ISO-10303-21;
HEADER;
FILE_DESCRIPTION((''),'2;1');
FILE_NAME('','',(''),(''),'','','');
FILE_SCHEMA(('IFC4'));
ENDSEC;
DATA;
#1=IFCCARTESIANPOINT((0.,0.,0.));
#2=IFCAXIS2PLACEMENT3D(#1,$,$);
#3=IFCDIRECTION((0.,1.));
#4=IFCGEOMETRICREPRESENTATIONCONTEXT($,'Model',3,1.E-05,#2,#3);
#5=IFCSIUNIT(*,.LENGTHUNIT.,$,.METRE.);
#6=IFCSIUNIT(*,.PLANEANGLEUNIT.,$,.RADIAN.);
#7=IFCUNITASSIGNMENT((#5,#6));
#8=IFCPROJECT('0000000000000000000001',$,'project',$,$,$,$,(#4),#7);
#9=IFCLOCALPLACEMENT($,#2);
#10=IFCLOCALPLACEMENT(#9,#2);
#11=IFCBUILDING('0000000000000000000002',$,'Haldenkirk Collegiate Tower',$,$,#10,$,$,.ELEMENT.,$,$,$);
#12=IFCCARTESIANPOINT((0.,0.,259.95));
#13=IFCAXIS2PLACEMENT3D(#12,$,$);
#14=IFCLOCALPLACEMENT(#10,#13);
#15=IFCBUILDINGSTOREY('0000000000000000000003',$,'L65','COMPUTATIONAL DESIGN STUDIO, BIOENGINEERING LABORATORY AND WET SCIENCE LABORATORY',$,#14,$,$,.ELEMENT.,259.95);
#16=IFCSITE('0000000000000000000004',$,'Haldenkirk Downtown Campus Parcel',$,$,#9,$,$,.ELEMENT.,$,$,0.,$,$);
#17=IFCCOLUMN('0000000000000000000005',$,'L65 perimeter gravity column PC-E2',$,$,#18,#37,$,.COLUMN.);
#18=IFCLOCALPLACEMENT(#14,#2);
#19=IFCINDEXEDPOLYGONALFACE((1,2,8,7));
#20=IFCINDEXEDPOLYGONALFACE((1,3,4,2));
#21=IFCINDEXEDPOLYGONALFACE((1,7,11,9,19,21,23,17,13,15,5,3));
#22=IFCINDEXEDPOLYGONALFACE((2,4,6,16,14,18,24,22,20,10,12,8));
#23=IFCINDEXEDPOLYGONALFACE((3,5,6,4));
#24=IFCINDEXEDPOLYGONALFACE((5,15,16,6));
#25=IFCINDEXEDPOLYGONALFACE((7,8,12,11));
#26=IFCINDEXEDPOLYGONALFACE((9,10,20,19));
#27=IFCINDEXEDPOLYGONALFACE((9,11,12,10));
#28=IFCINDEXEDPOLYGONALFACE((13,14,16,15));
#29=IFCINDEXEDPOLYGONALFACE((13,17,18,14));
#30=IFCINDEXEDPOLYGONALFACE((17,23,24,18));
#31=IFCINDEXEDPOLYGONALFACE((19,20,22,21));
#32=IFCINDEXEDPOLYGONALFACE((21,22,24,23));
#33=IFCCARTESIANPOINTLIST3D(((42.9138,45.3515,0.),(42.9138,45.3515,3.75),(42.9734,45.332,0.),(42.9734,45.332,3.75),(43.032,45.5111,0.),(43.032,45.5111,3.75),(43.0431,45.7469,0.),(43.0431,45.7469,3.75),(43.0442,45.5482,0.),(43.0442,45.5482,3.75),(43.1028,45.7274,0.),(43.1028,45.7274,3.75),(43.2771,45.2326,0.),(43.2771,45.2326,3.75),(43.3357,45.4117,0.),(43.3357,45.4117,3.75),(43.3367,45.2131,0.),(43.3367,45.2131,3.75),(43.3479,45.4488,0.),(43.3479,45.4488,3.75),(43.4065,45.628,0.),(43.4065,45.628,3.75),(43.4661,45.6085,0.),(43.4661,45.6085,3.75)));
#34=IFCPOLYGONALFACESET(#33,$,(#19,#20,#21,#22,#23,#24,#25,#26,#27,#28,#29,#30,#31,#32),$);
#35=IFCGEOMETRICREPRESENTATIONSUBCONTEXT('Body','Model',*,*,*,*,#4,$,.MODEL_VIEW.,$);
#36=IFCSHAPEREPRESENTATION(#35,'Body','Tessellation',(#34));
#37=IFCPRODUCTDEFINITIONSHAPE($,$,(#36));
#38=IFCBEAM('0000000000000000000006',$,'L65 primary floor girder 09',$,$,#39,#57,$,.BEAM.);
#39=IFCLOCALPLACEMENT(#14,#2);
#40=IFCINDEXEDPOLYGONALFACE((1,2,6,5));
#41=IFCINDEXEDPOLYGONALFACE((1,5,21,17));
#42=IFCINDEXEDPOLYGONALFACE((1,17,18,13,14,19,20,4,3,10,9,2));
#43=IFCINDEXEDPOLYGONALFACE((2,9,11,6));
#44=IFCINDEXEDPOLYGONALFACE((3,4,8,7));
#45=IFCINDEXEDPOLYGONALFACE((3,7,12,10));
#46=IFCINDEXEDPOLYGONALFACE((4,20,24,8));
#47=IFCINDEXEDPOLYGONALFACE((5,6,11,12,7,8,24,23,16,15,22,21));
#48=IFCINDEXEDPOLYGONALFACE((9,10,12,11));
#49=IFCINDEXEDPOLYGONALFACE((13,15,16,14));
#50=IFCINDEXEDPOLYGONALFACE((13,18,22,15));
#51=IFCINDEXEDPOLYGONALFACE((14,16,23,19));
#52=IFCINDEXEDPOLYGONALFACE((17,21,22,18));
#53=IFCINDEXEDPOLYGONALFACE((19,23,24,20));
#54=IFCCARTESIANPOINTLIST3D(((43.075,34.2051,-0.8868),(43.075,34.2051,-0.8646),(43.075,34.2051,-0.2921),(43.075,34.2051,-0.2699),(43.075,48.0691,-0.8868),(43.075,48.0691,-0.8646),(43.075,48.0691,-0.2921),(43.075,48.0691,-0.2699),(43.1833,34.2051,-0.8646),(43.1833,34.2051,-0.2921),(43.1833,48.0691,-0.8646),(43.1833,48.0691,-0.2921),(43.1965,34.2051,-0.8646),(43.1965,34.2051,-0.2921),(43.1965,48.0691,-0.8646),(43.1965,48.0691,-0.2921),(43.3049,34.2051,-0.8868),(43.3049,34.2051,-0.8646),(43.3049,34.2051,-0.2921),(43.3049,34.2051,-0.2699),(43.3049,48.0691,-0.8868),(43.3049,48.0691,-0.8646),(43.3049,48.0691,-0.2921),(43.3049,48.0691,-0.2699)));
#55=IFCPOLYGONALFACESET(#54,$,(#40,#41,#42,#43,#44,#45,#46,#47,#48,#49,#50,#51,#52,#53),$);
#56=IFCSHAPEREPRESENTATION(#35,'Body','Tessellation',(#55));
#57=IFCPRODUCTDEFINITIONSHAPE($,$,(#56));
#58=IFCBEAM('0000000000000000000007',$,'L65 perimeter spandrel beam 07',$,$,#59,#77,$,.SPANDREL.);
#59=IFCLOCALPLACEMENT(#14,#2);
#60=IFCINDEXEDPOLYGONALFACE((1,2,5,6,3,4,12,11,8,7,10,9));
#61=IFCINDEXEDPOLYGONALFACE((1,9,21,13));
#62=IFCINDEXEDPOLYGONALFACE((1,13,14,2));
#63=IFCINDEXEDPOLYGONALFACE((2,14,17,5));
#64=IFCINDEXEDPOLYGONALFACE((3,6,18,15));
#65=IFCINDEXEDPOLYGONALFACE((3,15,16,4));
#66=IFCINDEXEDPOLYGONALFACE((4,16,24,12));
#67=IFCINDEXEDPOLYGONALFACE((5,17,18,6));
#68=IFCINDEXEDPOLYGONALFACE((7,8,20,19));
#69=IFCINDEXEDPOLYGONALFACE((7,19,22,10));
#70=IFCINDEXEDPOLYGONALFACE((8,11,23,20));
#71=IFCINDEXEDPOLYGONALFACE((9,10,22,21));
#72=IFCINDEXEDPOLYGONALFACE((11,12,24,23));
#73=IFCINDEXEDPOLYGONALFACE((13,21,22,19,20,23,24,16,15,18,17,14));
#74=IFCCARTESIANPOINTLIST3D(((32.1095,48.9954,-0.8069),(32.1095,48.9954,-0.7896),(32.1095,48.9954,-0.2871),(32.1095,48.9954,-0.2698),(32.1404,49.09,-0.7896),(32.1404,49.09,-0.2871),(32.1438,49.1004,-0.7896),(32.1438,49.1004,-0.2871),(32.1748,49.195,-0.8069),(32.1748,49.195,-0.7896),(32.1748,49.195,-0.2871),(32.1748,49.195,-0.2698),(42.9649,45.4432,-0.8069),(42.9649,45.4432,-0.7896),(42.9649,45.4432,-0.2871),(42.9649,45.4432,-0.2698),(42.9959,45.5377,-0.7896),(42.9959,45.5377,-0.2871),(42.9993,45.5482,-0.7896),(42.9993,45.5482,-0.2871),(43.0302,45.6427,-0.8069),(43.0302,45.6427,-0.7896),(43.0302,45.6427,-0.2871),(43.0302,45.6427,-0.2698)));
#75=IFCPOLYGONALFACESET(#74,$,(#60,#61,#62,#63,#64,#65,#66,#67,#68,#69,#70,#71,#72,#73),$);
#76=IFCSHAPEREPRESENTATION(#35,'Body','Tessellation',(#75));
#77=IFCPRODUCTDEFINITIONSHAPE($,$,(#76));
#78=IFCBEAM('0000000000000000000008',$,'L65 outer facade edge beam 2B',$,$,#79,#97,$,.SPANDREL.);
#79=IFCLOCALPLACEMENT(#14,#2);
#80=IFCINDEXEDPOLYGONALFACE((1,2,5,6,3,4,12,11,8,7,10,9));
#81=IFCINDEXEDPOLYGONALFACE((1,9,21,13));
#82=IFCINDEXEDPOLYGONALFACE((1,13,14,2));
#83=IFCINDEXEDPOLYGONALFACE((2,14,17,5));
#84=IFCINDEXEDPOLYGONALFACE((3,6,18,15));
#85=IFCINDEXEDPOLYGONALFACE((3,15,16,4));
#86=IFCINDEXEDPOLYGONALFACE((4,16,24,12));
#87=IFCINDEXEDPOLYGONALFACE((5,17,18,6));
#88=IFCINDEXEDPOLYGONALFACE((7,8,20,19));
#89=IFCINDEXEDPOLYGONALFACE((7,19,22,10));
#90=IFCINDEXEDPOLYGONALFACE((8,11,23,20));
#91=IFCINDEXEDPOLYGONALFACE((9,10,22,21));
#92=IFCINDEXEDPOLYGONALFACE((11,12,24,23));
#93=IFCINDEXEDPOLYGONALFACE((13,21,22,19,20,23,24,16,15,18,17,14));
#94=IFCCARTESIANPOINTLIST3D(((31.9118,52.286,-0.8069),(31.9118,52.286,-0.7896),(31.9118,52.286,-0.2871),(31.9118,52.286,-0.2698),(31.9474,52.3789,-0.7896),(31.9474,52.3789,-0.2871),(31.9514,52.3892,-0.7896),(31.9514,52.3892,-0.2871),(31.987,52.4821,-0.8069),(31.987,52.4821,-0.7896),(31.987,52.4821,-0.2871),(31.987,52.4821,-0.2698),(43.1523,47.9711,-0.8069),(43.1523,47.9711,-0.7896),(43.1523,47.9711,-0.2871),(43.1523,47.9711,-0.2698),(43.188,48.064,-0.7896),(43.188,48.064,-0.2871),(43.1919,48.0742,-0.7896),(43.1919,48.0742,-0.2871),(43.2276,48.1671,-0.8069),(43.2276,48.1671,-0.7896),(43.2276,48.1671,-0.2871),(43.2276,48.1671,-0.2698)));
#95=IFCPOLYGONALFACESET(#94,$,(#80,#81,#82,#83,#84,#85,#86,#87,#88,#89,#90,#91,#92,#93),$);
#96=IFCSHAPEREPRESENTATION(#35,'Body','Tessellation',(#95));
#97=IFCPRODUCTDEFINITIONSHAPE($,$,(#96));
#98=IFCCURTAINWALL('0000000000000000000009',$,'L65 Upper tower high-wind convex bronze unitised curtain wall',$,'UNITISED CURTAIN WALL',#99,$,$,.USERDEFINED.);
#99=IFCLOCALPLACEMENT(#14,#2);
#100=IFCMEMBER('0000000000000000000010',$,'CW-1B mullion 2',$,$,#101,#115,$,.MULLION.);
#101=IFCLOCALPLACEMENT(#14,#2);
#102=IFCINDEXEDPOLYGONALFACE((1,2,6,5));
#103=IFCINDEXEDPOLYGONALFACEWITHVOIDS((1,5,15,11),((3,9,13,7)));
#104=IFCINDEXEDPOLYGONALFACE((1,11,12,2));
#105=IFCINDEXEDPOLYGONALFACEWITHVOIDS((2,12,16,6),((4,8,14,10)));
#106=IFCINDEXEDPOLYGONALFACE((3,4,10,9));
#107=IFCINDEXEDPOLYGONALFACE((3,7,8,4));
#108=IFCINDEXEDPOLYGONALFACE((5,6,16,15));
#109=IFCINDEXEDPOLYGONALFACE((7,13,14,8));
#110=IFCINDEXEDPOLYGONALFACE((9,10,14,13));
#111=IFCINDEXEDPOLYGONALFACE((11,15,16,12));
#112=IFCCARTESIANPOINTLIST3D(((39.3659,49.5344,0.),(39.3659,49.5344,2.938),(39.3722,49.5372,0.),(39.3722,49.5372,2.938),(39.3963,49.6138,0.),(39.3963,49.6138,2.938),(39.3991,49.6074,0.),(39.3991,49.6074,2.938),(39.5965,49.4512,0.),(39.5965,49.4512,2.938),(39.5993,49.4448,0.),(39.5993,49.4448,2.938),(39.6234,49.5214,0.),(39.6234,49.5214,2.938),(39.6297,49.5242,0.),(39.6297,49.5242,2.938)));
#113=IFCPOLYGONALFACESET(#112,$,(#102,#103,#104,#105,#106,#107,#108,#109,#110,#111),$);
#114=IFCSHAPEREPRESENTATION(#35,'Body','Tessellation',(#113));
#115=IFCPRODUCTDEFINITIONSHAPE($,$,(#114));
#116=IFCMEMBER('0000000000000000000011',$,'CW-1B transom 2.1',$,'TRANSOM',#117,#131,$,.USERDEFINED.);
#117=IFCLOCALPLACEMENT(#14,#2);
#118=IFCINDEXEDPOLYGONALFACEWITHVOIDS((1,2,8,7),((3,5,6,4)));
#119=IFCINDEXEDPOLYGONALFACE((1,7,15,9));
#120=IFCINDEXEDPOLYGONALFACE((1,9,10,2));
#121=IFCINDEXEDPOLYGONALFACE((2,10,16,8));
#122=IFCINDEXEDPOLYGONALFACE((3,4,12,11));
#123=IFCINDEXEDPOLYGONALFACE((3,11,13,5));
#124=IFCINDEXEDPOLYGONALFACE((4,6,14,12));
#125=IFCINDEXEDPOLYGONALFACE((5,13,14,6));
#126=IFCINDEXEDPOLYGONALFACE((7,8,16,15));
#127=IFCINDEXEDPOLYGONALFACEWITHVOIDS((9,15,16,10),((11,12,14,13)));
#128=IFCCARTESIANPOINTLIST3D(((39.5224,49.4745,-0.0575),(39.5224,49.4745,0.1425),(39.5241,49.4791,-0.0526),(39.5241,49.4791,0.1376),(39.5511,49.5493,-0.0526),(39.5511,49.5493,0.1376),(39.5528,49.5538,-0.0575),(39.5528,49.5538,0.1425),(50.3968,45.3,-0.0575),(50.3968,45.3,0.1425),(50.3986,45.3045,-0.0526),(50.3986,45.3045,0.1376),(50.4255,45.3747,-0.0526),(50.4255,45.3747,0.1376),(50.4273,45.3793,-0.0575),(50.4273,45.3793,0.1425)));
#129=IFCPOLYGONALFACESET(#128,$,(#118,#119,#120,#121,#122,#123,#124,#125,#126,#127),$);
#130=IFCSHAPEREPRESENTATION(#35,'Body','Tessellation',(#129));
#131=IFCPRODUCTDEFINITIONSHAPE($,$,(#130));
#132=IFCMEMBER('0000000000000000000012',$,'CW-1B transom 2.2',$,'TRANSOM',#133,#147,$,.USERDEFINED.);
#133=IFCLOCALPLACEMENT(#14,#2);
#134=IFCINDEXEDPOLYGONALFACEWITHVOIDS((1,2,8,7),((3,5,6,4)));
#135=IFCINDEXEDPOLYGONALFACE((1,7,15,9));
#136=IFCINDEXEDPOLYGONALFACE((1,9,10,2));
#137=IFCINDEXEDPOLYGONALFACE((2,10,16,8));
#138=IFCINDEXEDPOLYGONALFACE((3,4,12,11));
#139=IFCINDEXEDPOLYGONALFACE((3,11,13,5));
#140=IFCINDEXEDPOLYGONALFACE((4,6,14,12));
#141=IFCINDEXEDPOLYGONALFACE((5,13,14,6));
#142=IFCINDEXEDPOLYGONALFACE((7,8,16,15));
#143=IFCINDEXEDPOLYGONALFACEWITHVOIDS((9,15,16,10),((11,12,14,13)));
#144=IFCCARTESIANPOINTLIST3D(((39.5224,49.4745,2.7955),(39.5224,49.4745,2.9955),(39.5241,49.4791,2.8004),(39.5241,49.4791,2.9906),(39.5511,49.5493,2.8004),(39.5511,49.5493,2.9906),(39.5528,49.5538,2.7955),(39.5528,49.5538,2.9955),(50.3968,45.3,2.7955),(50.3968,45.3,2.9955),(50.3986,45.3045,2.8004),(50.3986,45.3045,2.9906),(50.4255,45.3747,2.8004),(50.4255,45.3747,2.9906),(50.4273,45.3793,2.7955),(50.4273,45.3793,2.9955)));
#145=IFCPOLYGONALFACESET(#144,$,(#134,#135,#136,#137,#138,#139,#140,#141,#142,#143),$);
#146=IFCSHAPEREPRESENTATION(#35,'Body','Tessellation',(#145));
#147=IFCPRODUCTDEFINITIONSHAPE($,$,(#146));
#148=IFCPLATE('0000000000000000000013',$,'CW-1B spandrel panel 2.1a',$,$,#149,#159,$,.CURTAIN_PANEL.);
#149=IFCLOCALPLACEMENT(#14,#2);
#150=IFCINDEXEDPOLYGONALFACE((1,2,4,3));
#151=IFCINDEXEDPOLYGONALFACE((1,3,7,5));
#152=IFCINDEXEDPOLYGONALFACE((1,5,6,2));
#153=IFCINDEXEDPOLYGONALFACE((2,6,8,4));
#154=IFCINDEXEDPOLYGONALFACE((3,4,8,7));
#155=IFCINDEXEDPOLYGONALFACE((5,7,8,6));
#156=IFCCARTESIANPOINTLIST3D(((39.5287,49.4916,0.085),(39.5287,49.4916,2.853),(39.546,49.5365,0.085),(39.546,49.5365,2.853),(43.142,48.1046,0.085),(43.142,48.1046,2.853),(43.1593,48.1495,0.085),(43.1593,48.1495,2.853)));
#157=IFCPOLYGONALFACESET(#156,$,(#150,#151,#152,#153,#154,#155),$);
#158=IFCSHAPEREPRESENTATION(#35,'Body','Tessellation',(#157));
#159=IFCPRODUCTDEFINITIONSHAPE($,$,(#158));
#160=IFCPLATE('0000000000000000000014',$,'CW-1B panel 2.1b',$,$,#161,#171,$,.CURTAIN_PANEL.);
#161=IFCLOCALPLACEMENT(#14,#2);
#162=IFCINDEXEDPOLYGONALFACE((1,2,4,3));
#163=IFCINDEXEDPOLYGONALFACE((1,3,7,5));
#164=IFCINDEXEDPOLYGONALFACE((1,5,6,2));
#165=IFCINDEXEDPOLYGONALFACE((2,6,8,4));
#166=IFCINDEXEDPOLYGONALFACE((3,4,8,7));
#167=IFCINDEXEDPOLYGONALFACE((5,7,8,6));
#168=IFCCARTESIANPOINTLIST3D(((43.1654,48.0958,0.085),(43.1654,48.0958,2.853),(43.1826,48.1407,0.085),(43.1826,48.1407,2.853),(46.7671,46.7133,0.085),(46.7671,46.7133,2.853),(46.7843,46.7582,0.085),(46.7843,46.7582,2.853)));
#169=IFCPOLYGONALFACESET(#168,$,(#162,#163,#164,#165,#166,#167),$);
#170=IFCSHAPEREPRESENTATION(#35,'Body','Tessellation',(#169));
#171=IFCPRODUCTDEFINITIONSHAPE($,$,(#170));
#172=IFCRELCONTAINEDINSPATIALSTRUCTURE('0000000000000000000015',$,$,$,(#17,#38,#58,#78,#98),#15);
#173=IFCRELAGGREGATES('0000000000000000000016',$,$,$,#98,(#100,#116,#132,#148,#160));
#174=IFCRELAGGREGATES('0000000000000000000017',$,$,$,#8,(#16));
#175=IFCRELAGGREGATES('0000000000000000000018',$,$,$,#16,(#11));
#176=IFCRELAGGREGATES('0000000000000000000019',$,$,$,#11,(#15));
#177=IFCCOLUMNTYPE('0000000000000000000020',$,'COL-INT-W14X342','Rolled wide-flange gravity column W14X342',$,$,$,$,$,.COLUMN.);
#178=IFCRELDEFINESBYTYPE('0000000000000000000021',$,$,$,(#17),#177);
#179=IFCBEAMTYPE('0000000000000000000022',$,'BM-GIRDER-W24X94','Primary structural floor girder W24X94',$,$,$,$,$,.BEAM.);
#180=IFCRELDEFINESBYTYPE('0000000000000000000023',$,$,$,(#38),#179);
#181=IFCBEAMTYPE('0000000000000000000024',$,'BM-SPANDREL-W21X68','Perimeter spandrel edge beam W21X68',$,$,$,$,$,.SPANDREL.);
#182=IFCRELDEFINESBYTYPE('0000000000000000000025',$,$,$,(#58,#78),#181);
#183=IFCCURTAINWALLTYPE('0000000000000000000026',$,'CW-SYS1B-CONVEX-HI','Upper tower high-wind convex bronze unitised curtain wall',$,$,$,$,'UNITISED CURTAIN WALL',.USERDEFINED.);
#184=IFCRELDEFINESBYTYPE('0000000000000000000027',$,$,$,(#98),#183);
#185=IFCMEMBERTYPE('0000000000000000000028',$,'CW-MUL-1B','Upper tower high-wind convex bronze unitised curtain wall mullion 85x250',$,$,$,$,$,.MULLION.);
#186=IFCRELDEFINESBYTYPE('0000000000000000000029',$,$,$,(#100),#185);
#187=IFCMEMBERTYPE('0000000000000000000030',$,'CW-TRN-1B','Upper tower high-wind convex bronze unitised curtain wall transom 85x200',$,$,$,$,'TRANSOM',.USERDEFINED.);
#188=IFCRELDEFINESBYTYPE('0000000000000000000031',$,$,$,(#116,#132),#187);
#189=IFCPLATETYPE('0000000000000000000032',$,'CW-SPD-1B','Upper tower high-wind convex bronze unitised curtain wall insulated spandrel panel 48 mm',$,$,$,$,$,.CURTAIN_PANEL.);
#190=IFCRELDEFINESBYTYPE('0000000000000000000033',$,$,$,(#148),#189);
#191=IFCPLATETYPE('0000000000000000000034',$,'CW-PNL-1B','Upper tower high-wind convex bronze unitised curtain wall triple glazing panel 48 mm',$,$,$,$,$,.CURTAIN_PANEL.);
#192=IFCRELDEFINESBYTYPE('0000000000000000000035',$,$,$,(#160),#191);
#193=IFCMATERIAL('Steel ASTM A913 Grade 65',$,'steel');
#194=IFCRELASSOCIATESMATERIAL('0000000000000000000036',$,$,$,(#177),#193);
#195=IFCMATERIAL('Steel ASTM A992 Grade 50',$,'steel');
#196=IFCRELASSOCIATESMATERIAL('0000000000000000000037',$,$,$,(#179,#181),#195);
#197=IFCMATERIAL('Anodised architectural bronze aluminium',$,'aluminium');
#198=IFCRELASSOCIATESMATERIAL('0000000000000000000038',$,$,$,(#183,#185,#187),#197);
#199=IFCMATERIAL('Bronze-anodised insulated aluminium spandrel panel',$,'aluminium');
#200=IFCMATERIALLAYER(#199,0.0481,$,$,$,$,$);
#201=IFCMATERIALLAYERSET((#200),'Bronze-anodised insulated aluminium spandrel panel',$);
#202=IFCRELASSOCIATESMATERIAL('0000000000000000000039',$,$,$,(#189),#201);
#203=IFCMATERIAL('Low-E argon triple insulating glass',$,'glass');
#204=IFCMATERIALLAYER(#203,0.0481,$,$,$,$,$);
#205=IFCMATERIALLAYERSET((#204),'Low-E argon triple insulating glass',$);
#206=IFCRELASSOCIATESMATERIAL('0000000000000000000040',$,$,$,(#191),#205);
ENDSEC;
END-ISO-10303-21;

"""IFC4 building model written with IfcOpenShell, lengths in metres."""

from ifc_helpers import new_model, si_unit, direction, frame, origin, origin_2d, place, context, subcontext, project, spatial, rectangle, hollow_rectangle, i_section, extrude, source, transform, mapped, material, layer, layer_set, material_profile, profile_set, type_object, element, aggregate, save


model = new_model("IFC4")

# Units and contexts
model_context = context("Model", 3, precision=1e-05, world=origin(), true_north=direction((0.0, 1.0)))
body_context = subcontext(model_context, "Body", "Model", "MODEL_VIEW")
ifc_project = project(units=[si_unit("LENGTHUNIT", "METRE"), si_unit("PLANEANGLEUNIT", "RADIAN")], contexts=[model_context])

# Site, building, storey
site_placement = place(None, origin())
site = spatial("IfcSite", under=ifc_project, at=site_placement, Name="Haldenkirk Downtown Campus Parcel", CompositionType="ELEMENT", RefElevation=0.0)
building_placement = place(site_placement, origin())
building = spatial("IfcBuilding", under=site, at=building_placement, Name="Haldenkirk Collegiate Tower", CompositionType="ELEMENT")
storey_placement = place(building_placement, frame((0.0, 0.0, 259.95)))
storey = spatial("IfcBuildingStorey", under=building, at=storey_placement, Name="L65", Description="COMPUTATIONAL DESIGN STUDIO, BIOENGINEERING LABORATORY AND WET SCIENCE LABORATORY", CompositionType="ELEMENT", Elevation=259.95)

# Column
ifc_material_1 = material(Name="Steel ASTM A913 Grade 65", Category="steel")
ifc_material_profile_1 = material_profile(ifc_material_1, i_section(OverallWidth=0.416, OverallDepth=0.4451, WebThickness=0.0391, FlangeThickness=0.0627, at=origin_2d()), Name="W14X342")
ifc_profile_set_1 = profile_set([ifc_material_profile_1], Name="Steel ASTM A913 Grade 65")
column_type = type_object("IfcColumnType", Name="COL-INT-W14X342", Description="Rolled wide-flange gravity column W14X342", PredefinedType="COLUMN", material=ifc_profile_set_1)
column_placement = place(storey_placement, frame((43.1899, 45.48, 0.0), z_axis=(0.0, 0.0, 1.0), x_axis=(0.311008, 0.950407, 0.0)))
element("IfcColumn", 1, at=column_placement, inside=storey, type_object=column_type, Name="L65 perimeter gravity column PC-E2", PredefinedType="COLUMN", context=body_context, shape_type="SweptSolid", body=[
    extrude(i_section(OverallWidth=0.416, OverallDepth=0.4451, WebThickness=0.0391, FlangeThickness=0.0627, at=origin_2d()), origin(), (0.0, 0.0, 1.0), 3.75),
])

# Beams
ifc_material_2 = material(Name="Steel ASTM A992 Grade 50", Category="steel")
ifc_material_profile_2 = material_profile(ifc_material_2, i_section(OverallWidth=0.23, OverallDepth=0.6169, WebThickness=0.0132, FlangeThickness=0.0222, at=origin_2d()), Name="W24X94")
ifc_profile_set_2 = profile_set([ifc_material_profile_2], Name="Steel ASTM A992 Grade 50")
beam_type_1 = type_object("IfcBeamType", Name="BM-GIRDER-W24X94", Description="Primary structural floor girder W24X94", PredefinedType="BEAM", material=ifc_profile_set_2)
beam_1_placement = place(storey_placement, frame((43.1899, 48.0691, -0.5784), z_axis=(0.0, -1.0, 0.0), x_axis=(1.0, 0.0, 0.0)))
element("IfcBeam", 2, at=beam_1_placement, inside=storey, type_object=beam_type_1, Name="L65 primary floor girder 09", PredefinedType="BEAM", context=body_context, shape_type="SweptSolid", body=[
    extrude(i_section(OverallWidth=0.23, OverallDepth=0.6169, WebThickness=0.0132, FlangeThickness=0.0222, at=origin_2d()), origin(), (0.0, 0.0, 1.0), 13.864),
])
ifc_material_profile_3 = material_profile(ifc_material_2, i_section(OverallWidth=0.21, OverallDepth=0.5371, WebThickness=0.011, FlangeThickness=0.0173, at=origin_2d()), Name="W21X68")
ifc_profile_set_3 = profile_set([ifc_material_profile_3], Name="Steel ASTM A992 Grade 50")
beam_type_2 = type_object("IfcBeamType", Name="BM-SPANDREL-W21X68", Description="Perimeter spandrel edge beam W21X68", PredefinedType="SPANDREL", material=ifc_profile_set_3)
beam_2_placement = place(storey_placement, frame((42.9976, 45.543, -0.5383), z_axis=(-0.950409, 0.311003, 0.0), x_axis=(-0.311003, -0.950409, 0.0)))
element("IfcBeam", 3, at=beam_2_placement, inside=storey, type_object=beam_type_2, Name="L65 perimeter spandrel beam 07", PredefinedType="SPANDREL", context=body_context, shape_type="SweptSolid", body=[
    extrude(i_section(OverallWidth=0.21, OverallDepth=0.5371, WebThickness=0.011, FlangeThickness=0.0173, at=origin_2d()), origin(), (0.0, 0.0, 1.0), 11.4219),
])
beam_3_placement = place(storey_placement, frame((43.1899, 48.0691, -0.5383), z_axis=(-0.933577, 0.358377, 0.0), x_axis=(-0.358377, -0.933577, 0.0)))
element("IfcBeam", 4, at=beam_3_placement, inside=storey, type_object=beam_type_2, Name="L65 outer facade edge beam 2B", PredefinedType="SPANDREL", context=body_context, shape_type="SweptSolid", body=[
    extrude(i_section(OverallWidth=0.21, OverallDepth=0.5371, WebThickness=0.011, FlangeThickness=0.0173, at=origin_2d()), origin(), (0.0, 0.0, 1.0), 12.0403),
])

# Curtain wall, members, plates
ifc_material_3 = material(Name="Anodised architectural bronze aluminium", Category="aluminium")
curtain_wall_type = type_object("IfcCurtainWallType", Name="CW-SYS1B-CONVEX-HI", Description="Upper tower high-wind convex bronze unitised curtain wall", ElementType="UNITISED CURTAIN WALL", PredefinedType="USERDEFINED", material=ifc_material_3)
curtain_wall_placement = place(storey_placement, origin())
curtain_wall = element("IfcCurtainWall", 5, at=curtain_wall_placement, inside=storey, type_object=curtain_wall_type, Name="L65 Upper tower high-wind convex bronze unitised curtain wall", ObjectType="UNITISED CURTAIN WALL", PredefinedType="USERDEFINED")
ifc_material_profile_4 = material_profile(ifc_material_3, hollow_rectangle(XDim=0.085, YDim=0.25, WallThickness=0.0049, at=origin_2d()), Name="CW-MUL-1B")
ifc_profile_set_4 = profile_set([ifc_material_profile_4], Name="Anodised architectural bronze aluminium")
member_type_1 = type_object("IfcMemberType", Name="CW-MUL-1B", Description="Upper tower high-wind convex bronze unitised curtain wall mullion 85x250", PredefinedType="MULLION", material=ifc_profile_set_4)
member_1_placement = place(storey_placement, frame((39.4978, 49.5293, 0.0), z_axis=(0.0, 0.0, 1.0), x_axis=(0.358368, 0.93358, 0.0)))
member_1 = element("IfcMember", 6, at=member_1_placement, type_object=member_type_1, Name="CW-1B mullion 2", PredefinedType="MULLION", context=body_context, shape_type="SweptSolid", body=[
    extrude(hollow_rectangle(XDim=0.085, YDim=0.25, WallThickness=0.0049, at=origin_2d()), origin(), (0.0, 0.0, 1.0), 2.938),
])
ifc_material_profile_5 = material_profile(ifc_material_3, hollow_rectangle(XDim=0.085, YDim=0.2, WallThickness=0.0049, at=origin_2d()), Name="CW-TRN-1B")
ifc_profile_set_5 = profile_set([ifc_material_profile_5], Name="Anodised architectural bronze aluminium")
member_type_2 = type_object("IfcMemberType", Name="CW-TRN-1B", Description="Upper tower high-wind convex bronze unitised curtain wall transom 85x200", ElementType="TRANSOM", PredefinedType="USERDEFINED", material=ifc_profile_set_5)
member_2_placement = place(storey_placement, frame((39.5376, 49.5142, 0.0425), z_axis=(0.933574, -0.358385, 0.0), x_axis=(0.358385, 0.933574, 0.0)))
member_2 = element("IfcMember", 7, at=member_2_placement, type_object=member_type_2, Name="CW-1B transom 2.1", ObjectType="TRANSOM", PredefinedType="USERDEFINED", context=body_context, shape_type="SweptSolid", body=[
    extrude(hollow_rectangle(XDim=0.085, YDim=0.2, WallThickness=0.0049, at=origin_2d()), origin(), (0.0, 0.0, 1.0), 11.6482),
])
member_3_placement = place(storey_placement, frame((39.5376, 49.5142, 2.8955), z_axis=(0.933574, -0.358385, 0.0), x_axis=(0.358385, 0.933574, 0.0)))
member_3 = element("IfcMember", 8, at=member_3_placement, type_object=member_type_2, Name="CW-1B transom 2.2", ObjectType="TRANSOM", PredefinedType="USERDEFINED", context=body_context, shape_type="SweptSolid", body=[
    extrude(hollow_rectangle(XDim=0.085, YDim=0.2, WallThickness=0.0049, at=origin_2d()), origin(), (0.0, 0.0, 1.0), 11.6482),
])
ifc_material_4 = material(Name="Bronze-anodised insulated aluminium spandrel panel", Category="aluminium")
ifc_layer_1 = layer(ifc_material_4, 0.0481)
ifc_layer_set_1 = layer_set([ifc_layer_1], Name="Bronze-anodised insulated aluminium spandrel panel")
plate_type_1 = type_object("IfcPlateType", Name="CW-SPD-1B", Description="Upper tower high-wind convex bronze unitised curtain wall insulated spandrel panel 48 mm", PredefinedType="CURTAIN_PANEL", material=ifc_layer_set_1)
shared_shape_1 = source(origin(), body_context, "Body", "SweptSolid", [
    extrude(rectangle(XDim=3.8704, YDim=0.0481, at=origin_2d()), origin(), (0.0, 0.0, 1.0), 2.7681),
])
plate_1_placement = place(storey_placement, frame((41.344, 48.8206, 0.085), z_axis=(0.0, 0.0, 1.0), x_axis=(0.93358, -0.358368, 0.0)))
plate_1 = element("IfcPlate", 9, at=plate_1_placement, type_object=plate_type_1, Name="CW-1B spandrel panel 2.1a", PredefinedType="CURTAIN_PANEL", context=body_context, shape_type="MappedRepresentation", body=[
    mapped(shared_shape_1, transform((0.0, 0.0, 0.0), x_axis=(1.0, 0.0, 0.0), y_axis=(0.0, 1.0, 0.0), z_axis=(0.0, 0.0, 1.0), scale=1.0)),
])
ifc_material_5 = material(Name="Low-E argon triple insulating glass", Category="glass")
ifc_layer_2 = layer(ifc_material_5, 0.0481)
ifc_layer_set_2 = layer_set([ifc_layer_2], Name="Low-E argon triple insulating glass")
plate_type_2 = type_object("IfcPlateType", Name="CW-PNL-1B", Description="Upper tower high-wind convex bronze unitised curtain wall triple glazing panel 48 mm", PredefinedType="CURTAIN_PANEL", material=ifc_layer_set_2)
shared_shape_2 = source(origin(), body_context, "Body", "SweptSolid", [
    extrude(rectangle(XDim=3.8579, YDim=0.0481, at=origin_2d()), origin(), (0.0, 0.0, 1.0), 2.7681),
])
plate_2_placement = place(storey_placement, frame((44.9749, 47.427, 0.085), z_axis=(0.0, 0.0, 1.0), x_axis=(0.93358, -0.358368, 0.0)))
plate_2 = element("IfcPlate", 10, at=plate_2_placement, type_object=plate_type_2, Name="CW-1B panel 2.1b", PredefinedType="CURTAIN_PANEL", context=body_context, shape_type="MappedRepresentation", body=[
    mapped(shared_shape_2, transform((0.0, 0.0, 0.0), x_axis=(1.0, 0.0, 0.0), y_axis=(0.0, 1.0, 0.0), z_axis=(0.0, 0.0, 1.0), scale=1.0)),
])
aggregate(curtain_wall, [member_1, member_2, member_3, plate_1, plate_2])

save(model, "model.ifc")
